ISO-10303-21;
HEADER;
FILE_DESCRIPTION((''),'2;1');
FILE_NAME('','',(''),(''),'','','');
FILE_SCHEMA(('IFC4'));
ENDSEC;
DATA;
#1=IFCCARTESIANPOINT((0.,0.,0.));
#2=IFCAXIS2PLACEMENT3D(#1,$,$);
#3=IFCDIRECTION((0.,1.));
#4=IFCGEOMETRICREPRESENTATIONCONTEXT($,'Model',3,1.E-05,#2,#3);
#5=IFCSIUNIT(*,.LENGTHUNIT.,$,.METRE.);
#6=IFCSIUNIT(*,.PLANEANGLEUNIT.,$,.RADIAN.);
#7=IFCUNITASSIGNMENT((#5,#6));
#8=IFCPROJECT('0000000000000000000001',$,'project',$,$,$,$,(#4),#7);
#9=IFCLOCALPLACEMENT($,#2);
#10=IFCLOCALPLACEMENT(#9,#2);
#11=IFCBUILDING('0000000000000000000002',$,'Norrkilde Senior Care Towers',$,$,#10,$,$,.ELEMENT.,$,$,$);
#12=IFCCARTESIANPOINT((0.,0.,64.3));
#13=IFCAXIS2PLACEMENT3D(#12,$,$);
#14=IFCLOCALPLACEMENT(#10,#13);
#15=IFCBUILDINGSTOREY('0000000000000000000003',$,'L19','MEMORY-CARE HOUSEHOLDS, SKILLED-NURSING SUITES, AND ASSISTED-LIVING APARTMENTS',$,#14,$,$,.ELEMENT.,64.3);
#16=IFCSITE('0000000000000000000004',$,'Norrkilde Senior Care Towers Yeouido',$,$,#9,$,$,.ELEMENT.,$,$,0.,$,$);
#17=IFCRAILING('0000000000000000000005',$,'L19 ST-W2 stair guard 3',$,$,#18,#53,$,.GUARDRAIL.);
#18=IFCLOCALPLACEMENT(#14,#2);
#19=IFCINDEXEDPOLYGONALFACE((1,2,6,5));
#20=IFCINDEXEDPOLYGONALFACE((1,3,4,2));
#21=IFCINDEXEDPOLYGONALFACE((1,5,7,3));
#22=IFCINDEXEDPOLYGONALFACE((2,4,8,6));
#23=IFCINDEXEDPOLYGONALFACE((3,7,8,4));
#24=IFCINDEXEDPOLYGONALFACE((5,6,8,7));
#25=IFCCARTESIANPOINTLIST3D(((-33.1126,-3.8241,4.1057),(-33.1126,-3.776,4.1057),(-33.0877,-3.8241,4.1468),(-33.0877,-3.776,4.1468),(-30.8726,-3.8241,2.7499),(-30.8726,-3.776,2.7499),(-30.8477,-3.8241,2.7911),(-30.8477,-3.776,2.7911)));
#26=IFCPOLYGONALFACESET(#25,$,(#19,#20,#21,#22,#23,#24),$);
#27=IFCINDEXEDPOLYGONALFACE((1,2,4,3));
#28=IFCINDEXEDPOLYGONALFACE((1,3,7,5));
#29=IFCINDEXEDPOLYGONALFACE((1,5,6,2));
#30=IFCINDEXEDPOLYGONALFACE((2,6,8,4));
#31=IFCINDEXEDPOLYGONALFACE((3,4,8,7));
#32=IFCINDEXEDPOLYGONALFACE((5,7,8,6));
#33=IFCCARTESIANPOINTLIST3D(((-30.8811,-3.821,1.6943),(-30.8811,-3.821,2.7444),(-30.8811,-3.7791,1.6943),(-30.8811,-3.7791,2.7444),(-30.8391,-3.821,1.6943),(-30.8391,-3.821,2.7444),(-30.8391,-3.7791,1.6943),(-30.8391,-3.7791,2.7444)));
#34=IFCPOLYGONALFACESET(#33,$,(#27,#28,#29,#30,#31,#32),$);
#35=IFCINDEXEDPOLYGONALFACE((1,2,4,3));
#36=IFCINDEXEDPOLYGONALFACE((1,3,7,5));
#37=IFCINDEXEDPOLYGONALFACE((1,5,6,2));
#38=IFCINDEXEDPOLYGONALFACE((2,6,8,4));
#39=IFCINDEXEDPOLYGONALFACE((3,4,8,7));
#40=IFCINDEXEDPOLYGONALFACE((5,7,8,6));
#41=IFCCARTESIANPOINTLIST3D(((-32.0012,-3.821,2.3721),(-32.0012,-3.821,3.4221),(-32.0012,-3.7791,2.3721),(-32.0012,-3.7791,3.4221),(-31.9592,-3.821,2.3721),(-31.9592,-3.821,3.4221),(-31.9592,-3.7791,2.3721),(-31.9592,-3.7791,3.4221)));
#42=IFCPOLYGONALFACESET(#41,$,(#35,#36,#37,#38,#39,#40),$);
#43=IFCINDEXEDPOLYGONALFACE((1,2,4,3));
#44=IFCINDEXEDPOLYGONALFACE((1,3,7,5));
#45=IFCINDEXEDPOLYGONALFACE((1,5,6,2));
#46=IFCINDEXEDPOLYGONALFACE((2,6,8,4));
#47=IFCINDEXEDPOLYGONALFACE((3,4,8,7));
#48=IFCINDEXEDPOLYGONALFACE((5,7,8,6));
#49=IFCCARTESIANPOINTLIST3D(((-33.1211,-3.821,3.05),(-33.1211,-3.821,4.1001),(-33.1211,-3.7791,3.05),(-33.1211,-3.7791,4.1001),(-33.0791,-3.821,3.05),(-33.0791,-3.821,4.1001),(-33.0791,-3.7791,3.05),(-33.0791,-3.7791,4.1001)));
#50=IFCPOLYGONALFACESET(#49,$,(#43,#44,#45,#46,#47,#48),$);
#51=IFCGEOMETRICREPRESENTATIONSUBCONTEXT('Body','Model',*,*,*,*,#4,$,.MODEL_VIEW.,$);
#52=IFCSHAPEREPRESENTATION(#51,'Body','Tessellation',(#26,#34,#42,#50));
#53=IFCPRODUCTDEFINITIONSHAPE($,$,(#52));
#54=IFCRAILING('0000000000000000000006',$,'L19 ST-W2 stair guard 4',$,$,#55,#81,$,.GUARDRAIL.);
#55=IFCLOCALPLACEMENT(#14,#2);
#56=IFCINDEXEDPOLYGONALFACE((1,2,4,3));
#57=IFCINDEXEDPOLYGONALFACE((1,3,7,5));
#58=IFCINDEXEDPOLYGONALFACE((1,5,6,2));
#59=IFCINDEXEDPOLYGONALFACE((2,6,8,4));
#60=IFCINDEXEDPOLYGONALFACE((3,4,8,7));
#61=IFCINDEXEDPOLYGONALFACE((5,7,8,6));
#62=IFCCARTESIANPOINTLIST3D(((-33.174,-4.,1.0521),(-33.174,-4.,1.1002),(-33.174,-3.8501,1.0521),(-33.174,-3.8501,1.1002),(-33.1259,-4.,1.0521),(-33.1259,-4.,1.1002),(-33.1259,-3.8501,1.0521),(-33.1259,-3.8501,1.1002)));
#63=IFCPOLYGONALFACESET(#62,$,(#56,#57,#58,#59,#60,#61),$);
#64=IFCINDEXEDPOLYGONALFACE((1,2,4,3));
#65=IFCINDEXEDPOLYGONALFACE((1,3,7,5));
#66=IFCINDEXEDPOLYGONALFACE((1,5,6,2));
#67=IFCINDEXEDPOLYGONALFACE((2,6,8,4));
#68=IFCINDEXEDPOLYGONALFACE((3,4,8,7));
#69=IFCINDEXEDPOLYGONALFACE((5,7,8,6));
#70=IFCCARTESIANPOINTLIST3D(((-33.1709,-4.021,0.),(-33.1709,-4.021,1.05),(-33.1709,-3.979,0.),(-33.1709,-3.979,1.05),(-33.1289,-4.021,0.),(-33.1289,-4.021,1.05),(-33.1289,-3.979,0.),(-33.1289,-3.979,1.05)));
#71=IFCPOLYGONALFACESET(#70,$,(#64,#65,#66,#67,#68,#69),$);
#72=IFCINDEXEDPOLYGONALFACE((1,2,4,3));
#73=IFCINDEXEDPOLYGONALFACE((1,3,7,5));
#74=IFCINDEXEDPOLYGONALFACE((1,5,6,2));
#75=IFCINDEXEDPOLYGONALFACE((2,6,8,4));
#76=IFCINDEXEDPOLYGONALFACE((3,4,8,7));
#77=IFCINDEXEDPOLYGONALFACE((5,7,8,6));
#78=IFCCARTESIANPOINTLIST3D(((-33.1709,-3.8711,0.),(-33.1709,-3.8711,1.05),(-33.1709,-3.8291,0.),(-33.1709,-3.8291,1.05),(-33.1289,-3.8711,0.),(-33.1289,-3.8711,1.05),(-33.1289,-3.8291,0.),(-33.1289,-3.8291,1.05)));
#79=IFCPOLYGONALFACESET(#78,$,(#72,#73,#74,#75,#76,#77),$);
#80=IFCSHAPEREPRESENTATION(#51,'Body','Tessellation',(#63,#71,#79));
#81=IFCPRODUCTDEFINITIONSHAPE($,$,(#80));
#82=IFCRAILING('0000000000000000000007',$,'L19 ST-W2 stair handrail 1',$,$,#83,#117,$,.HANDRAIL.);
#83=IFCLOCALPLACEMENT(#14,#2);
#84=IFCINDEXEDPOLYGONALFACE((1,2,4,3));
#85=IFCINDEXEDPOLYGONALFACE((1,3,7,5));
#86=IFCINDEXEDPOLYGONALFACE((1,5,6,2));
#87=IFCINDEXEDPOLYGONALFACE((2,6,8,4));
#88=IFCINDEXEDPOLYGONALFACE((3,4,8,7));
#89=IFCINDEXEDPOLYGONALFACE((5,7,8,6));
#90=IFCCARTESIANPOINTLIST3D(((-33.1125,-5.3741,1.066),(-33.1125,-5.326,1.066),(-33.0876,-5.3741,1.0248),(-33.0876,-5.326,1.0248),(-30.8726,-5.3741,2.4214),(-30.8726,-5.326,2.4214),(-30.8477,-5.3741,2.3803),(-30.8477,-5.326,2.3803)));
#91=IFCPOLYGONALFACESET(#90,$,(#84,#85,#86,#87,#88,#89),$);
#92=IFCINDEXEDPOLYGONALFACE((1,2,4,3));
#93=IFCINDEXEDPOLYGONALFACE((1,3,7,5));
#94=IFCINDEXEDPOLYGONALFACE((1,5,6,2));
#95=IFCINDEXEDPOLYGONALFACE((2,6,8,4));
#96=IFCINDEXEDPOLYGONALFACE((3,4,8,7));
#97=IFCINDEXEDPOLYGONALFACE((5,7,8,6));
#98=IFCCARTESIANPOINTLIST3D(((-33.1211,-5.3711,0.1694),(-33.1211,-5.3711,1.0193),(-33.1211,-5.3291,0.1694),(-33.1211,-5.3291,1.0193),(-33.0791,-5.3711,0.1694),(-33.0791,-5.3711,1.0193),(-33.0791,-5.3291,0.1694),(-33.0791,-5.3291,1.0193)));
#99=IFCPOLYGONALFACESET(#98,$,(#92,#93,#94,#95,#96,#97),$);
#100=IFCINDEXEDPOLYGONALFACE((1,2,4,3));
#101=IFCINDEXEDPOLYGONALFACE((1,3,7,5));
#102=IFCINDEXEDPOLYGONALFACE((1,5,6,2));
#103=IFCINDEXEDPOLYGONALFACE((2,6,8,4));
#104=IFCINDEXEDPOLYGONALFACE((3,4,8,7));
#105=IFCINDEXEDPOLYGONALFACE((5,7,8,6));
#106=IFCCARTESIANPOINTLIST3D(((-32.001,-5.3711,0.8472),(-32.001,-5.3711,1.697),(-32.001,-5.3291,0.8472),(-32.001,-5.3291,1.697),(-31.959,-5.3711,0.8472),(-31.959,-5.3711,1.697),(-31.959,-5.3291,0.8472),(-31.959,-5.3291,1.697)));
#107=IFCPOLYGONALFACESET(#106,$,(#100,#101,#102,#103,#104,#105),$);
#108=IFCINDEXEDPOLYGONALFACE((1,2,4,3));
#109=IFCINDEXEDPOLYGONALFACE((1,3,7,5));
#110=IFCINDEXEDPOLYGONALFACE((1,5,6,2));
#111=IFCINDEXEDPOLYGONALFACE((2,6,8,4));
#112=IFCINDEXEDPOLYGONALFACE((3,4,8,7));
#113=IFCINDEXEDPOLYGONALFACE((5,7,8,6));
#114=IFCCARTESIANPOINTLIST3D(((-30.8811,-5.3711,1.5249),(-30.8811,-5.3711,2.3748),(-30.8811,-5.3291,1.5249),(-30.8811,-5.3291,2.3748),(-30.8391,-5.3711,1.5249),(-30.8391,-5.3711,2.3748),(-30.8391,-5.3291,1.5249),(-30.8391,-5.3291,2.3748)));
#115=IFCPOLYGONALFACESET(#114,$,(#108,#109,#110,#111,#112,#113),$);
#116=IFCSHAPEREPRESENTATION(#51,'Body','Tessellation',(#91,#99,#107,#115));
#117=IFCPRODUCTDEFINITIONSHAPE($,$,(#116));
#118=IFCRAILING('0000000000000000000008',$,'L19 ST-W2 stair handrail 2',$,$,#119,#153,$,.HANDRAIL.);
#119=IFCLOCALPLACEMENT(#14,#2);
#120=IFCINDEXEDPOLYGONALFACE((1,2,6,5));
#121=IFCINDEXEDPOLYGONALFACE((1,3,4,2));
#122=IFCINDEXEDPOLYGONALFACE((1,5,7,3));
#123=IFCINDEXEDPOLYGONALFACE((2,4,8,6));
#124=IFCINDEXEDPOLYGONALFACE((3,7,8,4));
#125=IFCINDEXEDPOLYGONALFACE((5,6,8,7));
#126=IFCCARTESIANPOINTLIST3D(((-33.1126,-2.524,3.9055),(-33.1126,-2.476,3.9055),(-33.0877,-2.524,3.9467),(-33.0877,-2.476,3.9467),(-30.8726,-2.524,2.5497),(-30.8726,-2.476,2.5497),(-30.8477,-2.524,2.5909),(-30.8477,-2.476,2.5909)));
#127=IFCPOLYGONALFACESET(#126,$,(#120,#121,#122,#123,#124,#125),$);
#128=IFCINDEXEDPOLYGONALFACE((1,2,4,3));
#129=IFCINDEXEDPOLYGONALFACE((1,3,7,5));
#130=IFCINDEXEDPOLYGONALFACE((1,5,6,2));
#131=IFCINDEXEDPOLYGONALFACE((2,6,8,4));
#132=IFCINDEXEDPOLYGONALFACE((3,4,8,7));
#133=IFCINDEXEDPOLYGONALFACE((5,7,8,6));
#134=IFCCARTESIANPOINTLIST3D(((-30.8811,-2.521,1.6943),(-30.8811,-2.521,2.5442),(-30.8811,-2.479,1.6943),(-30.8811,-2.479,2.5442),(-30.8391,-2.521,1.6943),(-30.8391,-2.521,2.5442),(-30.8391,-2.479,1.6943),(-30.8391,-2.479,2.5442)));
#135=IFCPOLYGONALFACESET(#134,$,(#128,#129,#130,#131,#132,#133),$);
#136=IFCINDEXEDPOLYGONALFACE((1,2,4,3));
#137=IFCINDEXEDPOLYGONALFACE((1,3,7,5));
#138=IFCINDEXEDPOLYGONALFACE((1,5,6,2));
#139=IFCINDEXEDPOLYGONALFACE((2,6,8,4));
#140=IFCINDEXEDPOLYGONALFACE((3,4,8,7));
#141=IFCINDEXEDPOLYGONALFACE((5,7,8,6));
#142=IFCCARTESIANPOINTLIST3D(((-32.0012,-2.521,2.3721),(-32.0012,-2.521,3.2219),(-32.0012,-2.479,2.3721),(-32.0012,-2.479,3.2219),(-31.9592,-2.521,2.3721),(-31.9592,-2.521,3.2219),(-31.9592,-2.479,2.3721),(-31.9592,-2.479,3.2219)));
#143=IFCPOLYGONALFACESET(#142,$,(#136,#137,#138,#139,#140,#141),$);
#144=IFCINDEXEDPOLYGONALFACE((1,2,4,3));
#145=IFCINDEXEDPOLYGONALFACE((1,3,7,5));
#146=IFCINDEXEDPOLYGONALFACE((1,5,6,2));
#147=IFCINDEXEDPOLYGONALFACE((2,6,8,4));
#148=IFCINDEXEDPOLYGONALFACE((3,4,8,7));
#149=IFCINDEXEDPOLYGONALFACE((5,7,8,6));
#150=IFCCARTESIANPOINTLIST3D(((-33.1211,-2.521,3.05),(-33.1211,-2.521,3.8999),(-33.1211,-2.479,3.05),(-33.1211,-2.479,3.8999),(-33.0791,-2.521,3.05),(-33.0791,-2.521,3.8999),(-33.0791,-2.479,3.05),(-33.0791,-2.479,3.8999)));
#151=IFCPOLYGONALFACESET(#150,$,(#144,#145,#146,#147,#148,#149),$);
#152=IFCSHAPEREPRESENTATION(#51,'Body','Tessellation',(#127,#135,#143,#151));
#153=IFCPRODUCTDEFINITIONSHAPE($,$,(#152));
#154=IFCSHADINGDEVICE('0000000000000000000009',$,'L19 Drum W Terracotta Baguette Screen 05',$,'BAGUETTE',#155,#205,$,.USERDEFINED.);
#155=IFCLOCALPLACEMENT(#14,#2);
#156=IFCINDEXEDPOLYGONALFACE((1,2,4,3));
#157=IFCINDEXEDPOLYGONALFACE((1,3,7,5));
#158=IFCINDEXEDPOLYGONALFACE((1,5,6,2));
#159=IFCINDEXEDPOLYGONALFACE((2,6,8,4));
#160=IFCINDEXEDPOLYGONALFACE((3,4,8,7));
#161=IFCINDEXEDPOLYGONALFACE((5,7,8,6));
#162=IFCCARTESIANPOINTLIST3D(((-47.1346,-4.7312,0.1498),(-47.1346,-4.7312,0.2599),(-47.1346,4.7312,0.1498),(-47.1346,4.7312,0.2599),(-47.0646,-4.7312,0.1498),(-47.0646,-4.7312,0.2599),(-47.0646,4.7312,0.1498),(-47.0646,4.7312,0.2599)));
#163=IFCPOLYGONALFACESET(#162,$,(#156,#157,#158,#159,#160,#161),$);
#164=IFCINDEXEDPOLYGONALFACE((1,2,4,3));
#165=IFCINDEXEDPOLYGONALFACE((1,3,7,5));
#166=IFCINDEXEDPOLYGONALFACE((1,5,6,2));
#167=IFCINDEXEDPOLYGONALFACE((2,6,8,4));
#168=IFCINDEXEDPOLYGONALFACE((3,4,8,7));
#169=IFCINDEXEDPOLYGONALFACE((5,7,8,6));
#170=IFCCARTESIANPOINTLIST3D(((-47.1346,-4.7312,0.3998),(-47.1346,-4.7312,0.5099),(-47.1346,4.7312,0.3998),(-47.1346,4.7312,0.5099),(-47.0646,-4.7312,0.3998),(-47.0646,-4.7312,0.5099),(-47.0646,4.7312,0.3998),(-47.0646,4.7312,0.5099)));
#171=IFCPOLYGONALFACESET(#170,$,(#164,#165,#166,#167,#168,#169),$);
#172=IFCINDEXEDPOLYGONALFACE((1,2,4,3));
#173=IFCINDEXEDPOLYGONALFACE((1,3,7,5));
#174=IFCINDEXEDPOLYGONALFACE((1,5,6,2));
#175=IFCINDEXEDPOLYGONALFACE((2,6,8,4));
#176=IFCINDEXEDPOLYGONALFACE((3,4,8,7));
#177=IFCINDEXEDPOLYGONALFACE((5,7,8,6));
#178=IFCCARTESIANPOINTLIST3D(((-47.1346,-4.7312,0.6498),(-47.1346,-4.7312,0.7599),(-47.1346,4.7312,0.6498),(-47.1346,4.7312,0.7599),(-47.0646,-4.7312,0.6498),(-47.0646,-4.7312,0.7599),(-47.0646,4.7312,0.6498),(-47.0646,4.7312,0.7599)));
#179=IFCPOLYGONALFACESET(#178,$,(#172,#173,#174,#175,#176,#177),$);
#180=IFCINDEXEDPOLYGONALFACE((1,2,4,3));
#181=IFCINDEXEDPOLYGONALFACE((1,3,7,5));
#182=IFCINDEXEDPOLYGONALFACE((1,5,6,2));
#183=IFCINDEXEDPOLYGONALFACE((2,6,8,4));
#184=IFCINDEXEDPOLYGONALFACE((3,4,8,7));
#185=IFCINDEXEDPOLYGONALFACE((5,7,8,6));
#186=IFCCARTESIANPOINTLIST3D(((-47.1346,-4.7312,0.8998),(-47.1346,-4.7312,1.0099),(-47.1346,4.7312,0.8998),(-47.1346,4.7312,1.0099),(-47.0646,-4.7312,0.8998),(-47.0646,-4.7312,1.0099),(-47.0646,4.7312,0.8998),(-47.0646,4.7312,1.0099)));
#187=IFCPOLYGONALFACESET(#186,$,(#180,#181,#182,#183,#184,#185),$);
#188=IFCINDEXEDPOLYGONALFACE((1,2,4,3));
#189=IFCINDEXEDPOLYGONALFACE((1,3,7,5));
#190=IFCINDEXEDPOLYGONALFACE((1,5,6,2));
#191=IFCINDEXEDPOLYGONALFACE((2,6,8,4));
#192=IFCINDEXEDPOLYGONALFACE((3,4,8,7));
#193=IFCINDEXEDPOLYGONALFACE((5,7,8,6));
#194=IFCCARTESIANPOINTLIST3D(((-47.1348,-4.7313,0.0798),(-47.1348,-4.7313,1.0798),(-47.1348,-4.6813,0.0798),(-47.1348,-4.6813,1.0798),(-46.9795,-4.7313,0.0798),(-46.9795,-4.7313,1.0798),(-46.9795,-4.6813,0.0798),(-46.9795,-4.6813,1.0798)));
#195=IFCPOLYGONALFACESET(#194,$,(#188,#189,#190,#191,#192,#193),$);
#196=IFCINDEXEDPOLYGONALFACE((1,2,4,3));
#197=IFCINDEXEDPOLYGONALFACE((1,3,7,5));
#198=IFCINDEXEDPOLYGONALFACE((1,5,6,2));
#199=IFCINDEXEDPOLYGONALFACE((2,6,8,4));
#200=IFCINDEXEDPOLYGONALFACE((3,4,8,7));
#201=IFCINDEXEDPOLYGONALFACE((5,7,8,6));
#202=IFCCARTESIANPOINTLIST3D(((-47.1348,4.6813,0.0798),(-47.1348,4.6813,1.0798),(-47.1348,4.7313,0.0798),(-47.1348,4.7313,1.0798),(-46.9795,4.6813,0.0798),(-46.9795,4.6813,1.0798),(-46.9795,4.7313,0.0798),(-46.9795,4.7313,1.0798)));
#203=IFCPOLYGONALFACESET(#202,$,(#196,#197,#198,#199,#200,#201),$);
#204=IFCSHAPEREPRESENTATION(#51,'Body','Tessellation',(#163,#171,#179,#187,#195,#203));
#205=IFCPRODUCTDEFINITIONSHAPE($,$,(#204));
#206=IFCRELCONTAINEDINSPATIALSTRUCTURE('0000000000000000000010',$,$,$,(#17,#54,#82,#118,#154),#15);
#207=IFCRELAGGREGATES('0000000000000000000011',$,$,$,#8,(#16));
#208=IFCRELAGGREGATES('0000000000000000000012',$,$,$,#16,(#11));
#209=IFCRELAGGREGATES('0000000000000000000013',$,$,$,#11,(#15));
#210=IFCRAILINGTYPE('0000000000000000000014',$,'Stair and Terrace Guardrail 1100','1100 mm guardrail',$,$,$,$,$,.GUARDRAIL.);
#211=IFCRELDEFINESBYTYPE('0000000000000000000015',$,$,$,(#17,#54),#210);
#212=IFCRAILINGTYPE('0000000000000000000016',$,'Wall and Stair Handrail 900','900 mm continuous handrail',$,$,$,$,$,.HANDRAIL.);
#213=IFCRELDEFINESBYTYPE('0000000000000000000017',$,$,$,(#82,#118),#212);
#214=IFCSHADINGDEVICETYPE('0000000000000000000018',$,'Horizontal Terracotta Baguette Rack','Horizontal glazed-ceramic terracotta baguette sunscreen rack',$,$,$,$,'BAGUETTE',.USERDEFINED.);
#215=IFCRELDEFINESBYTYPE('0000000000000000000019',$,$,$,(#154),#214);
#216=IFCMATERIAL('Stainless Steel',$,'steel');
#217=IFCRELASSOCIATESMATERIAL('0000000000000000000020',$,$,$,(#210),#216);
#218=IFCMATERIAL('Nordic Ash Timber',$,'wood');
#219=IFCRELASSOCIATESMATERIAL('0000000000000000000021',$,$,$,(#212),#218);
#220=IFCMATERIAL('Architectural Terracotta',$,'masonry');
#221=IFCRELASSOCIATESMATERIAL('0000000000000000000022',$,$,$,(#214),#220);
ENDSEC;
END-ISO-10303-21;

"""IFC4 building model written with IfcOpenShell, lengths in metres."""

from ifc_helpers import new_model, si_unit, direction, frame, origin, origin_2d, place, context, subcontext, project, spatial, rectangle, extrude, source, transform, mapped, material, type_object, type_shapes, element, save


model = new_model("IFC4")

# Units and contexts
model_context = context("Model", 3, precision=1e-05, world=origin(), true_north=direction((0.0, 1.0)))
body_context = subcontext(model_context, "Body", "Model", "MODEL_VIEW")
ifc_project = project(units=[si_unit("LENGTHUNIT", "METRE"), si_unit("PLANEANGLEUNIT", "RADIAN")], contexts=[model_context])

# Site, building, storey
site_placement = place(None, origin())
site = spatial("IfcSite", under=ifc_project, at=site_placement, Name="Norrkilde Senior Care Towers Yeouido", CompositionType="ELEMENT", RefElevation=0.0)
building_placement = place(site_placement, origin())
building = spatial("IfcBuilding", under=site, at=building_placement, Name="Norrkilde Senior Care Towers", CompositionType="ELEMENT")
storey_placement = place(building_placement, frame((0.0, 0.0, 64.3)))
storey = spatial("IfcBuildingStorey", under=building, at=storey_placement, Name="L19", Description="MEMORY-CARE HOUSEHOLDS, SKILLED-NURSING SUITES, AND ASSISTED-LIVING APARTMENTS", CompositionType="ELEMENT", Elevation=64.3)

# Shared definitions
ifc_material_1 = material(Name="Stainless Steel", Category="steel")

# Shared definitions
ifc_material_2 = material(Name="Nordic Ash Timber", Category="wood")

# Railings
railing_type_1 = type_object("IfcRailingType", Name="Stair and Terrace Guardrail 1100", Description="1100 mm guardrail", PredefinedType="GUARDRAIL", material=ifc_material_1)
railing_1_placement = place(storey_placement, frame((-30.8601, -3.8, 1.6943)))
element("IfcRailing", 1, at=railing_1_placement, inside=storey, type_object=railing_type_1, Name="L19 ST-W2 stair guard 3", PredefinedType="GUARDRAIL", context=body_context, shape_type="SweptSolid", body=[
    extrude(rectangle(XDim=0.0481, YDim=0.0481, at=origin_2d()), frame((0.0, 0.0, 1.0762), z_axis=(-0.855512, 0.0, 0.517783), x_axis=(0.0, -1.0, 0.0)), (0.0, 0.0, 1.0), 2.6184),
    extrude(rectangle(XDim=0.042, YDim=0.042, at=origin_2d()), origin(), (0.0, 0.0, 1.0), 1.05),
    extrude(rectangle(XDim=0.042, YDim=0.042, at=origin_2d()), frame((-1.1201, 0.0, 0.6777)), (0.0, 0.0, 1.0), 1.05),
    extrude(rectangle(XDim=0.042, YDim=0.042, at=origin_2d()), frame((-2.24, 0.0, 1.3557)), (0.0, 0.0, 1.0), 1.05),
])
railing_2_placement = place(storey_placement, frame((-33.1499, -4.0, 0.0)))
element("IfcRailing", 2, at=railing_2_placement, inside=storey, type_object=railing_type_1, Name="L19 ST-W2 stair guard 4", PredefinedType="GUARDRAIL", context=body_context, shape_type="SweptSolid", body=[
    extrude(rectangle(XDim=0.0481, YDim=0.0481, at=origin_2d()), frame((0.0, 0.0, 1.0762), z_axis=(0.0, 1.0, 0.0), x_axis=(-1.0, 0.0, 0.0)), (0.0, 0.0, 1.0), 0.1499),
    extrude(rectangle(XDim=0.042, YDim=0.042, at=origin_2d()), origin(), (0.0, 0.0, 1.0), 1.05),
    extrude(rectangle(XDim=0.042, YDim=0.042, at=origin_2d()), frame((0.0, 0.1499, 0.0)), (0.0, 0.0, 1.0), 1.05),
])
railing_type_2 = type_object("IfcRailingType", Name="Wall and Stair Handrail 900", Description="900 mm continuous handrail", PredefinedType="HANDRAIL", material=ifc_material_2)
railing_3_placement = place(storey_placement, frame((-33.1001, -5.3501, 0.1694)))
element("IfcRailing", 3, at=railing_3_placement, inside=storey, type_object=railing_type_2, Name="L19 ST-W2 stair handrail 1", PredefinedType="HANDRAIL", context=body_context, shape_type="SweptSolid", body=[
    extrude(rectangle(XDim=0.0481, YDim=0.0481, at=origin_2d()), frame((0.0, 0.0, 0.876), z_axis=(0.855553, 0.0, 0.517715), x_axis=(0.0, 1.0, 0.0)), (0.0, 0.0, 1.0), 2.6182),
    extrude(rectangle(XDim=0.042, YDim=0.042, at=origin_2d()), origin(), (0.0, 0.0, 1.0), 0.8499),
    extrude(rectangle(XDim=0.042, YDim=0.042, at=origin_2d()), frame((1.1201, 0.0, 0.6777)), (0.0, 0.0, 1.0), 0.8499),
    extrude(rectangle(XDim=0.042, YDim=0.042, at=origin_2d()), frame((2.24, 0.0, 1.3555)), (0.0, 0.0, 1.0), 0.8499),
])
railing_4_placement = place(storey_placement, frame((-30.8601, -2.5, 1.6943)))
element("IfcRailing", 4, at=railing_4_placement, inside=storey, type_object=railing_type_2, Name="L19 ST-W2 stair handrail 2", PredefinedType="HANDRAIL", context=body_context, shape_type="SweptSolid", body=[
    extrude(rectangle(XDim=0.0481, YDim=0.0481, at=origin_2d()), frame((0.0, 0.0, 0.876), z_axis=(-0.855512, 0.0, 0.517783), x_axis=(0.0, -1.0, 0.0)), (0.0, 0.0, 1.0), 2.6184),
    extrude(rectangle(XDim=0.042, YDim=0.042, at=origin_2d()), origin(), (0.0, 0.0, 1.0), 0.8499),
    extrude(rectangle(XDim=0.042, YDim=0.042, at=origin_2d()), frame((-1.1201, 0.0, 0.6777)), (0.0, 0.0, 1.0), 0.8499),
    extrude(rectangle(XDim=0.042, YDim=0.042, at=origin_2d()), frame((-2.24, 0.0, 1.3557)), (0.0, 0.0, 1.0), 0.8499),
])

# Shading device
ifc_material_3 = material(Name="Architectural Terracotta", Category="masonry")
shading_device_type = type_object("IfcShadingDeviceType", Name="Horizontal Terracotta Baguette Rack", Description="Horizontal glazed-ceramic terracotta baguette sunscreen rack", ElementType="BAGUETTE", PredefinedType="USERDEFINED", material=ifc_material_3)
shared_shape_1 = source(origin(), body_context, "Body", "SweptSolid", [
    extrude(rectangle(XDim=0.0701, YDim=0.1101, at=origin_2d()), frame((0.0, 0.0901, 0.125), z_axis=(1.0, 0.0, 0.0), x_axis=(0.0, 1.0, 0.0)), (0.0, 0.0, 1.0), 9.4624),
    extrude(rectangle(XDim=0.0701, YDim=0.1101, at=origin_2d()), frame((0.0, 0.0901, 0.375), z_axis=(1.0, 0.0, 0.0), x_axis=(0.0, 1.0, 0.0)), (0.0, 0.0, 1.0), 9.4624),
    extrude(rectangle(XDim=0.0701, YDim=0.1101, at=origin_2d()), frame((0.0, 0.0901, 0.625), z_axis=(1.0, 0.0, 0.0), x_axis=(0.0, 1.0, 0.0)), (0.0, 0.0, 1.0), 9.4624),
    extrude(rectangle(XDim=0.0701, YDim=0.1101, at=origin_2d()), frame((0.0, 0.0901, 0.875), z_axis=(1.0, 0.0, 0.0), x_axis=(0.0, 1.0, 0.0)), (0.0, 0.0, 1.0), 9.4624),
    extrude(rectangle(XDim=0.05, YDim=0.1553, at=origin_2d()), frame((0.0249, 0.0476, 0.0)), (0.0, 0.0, 1.0), 1.0),
    extrude(rectangle(XDim=0.05, YDim=0.1553, at=origin_2d()), frame((9.4375, 0.0476, 0.0)), (0.0, 0.0, 1.0), 1.0),
])
type_shapes(shading_device_type, [shared_shape_1])
shading_device_placement = place(storey_placement, frame((-47.0095, -4.7312, 0.0798), z_axis=(0.0, 0.0, 1.0), x_axis=(0.0, 1.0, 0.0)))
element("IfcShadingDevice", 5, at=shading_device_placement, inside=storey, type_object=shading_device_type, Name="L19 Drum W Terracotta Baguette Screen 05", ObjectType="BAGUETTE", PredefinedType="USERDEFINED", context=body_context, shape_type="MappedRepresentation", body=[
    mapped(shared_shape_1, transform((0.0, 0.0, 0.0), x_axis=(1.0, 0.0, 0.0), y_axis=(0.0, 1.0, 0.0), z_axis=(0.0, 0.0, 1.0), scale=1.0)),
])

save(model, "model.ifc")
